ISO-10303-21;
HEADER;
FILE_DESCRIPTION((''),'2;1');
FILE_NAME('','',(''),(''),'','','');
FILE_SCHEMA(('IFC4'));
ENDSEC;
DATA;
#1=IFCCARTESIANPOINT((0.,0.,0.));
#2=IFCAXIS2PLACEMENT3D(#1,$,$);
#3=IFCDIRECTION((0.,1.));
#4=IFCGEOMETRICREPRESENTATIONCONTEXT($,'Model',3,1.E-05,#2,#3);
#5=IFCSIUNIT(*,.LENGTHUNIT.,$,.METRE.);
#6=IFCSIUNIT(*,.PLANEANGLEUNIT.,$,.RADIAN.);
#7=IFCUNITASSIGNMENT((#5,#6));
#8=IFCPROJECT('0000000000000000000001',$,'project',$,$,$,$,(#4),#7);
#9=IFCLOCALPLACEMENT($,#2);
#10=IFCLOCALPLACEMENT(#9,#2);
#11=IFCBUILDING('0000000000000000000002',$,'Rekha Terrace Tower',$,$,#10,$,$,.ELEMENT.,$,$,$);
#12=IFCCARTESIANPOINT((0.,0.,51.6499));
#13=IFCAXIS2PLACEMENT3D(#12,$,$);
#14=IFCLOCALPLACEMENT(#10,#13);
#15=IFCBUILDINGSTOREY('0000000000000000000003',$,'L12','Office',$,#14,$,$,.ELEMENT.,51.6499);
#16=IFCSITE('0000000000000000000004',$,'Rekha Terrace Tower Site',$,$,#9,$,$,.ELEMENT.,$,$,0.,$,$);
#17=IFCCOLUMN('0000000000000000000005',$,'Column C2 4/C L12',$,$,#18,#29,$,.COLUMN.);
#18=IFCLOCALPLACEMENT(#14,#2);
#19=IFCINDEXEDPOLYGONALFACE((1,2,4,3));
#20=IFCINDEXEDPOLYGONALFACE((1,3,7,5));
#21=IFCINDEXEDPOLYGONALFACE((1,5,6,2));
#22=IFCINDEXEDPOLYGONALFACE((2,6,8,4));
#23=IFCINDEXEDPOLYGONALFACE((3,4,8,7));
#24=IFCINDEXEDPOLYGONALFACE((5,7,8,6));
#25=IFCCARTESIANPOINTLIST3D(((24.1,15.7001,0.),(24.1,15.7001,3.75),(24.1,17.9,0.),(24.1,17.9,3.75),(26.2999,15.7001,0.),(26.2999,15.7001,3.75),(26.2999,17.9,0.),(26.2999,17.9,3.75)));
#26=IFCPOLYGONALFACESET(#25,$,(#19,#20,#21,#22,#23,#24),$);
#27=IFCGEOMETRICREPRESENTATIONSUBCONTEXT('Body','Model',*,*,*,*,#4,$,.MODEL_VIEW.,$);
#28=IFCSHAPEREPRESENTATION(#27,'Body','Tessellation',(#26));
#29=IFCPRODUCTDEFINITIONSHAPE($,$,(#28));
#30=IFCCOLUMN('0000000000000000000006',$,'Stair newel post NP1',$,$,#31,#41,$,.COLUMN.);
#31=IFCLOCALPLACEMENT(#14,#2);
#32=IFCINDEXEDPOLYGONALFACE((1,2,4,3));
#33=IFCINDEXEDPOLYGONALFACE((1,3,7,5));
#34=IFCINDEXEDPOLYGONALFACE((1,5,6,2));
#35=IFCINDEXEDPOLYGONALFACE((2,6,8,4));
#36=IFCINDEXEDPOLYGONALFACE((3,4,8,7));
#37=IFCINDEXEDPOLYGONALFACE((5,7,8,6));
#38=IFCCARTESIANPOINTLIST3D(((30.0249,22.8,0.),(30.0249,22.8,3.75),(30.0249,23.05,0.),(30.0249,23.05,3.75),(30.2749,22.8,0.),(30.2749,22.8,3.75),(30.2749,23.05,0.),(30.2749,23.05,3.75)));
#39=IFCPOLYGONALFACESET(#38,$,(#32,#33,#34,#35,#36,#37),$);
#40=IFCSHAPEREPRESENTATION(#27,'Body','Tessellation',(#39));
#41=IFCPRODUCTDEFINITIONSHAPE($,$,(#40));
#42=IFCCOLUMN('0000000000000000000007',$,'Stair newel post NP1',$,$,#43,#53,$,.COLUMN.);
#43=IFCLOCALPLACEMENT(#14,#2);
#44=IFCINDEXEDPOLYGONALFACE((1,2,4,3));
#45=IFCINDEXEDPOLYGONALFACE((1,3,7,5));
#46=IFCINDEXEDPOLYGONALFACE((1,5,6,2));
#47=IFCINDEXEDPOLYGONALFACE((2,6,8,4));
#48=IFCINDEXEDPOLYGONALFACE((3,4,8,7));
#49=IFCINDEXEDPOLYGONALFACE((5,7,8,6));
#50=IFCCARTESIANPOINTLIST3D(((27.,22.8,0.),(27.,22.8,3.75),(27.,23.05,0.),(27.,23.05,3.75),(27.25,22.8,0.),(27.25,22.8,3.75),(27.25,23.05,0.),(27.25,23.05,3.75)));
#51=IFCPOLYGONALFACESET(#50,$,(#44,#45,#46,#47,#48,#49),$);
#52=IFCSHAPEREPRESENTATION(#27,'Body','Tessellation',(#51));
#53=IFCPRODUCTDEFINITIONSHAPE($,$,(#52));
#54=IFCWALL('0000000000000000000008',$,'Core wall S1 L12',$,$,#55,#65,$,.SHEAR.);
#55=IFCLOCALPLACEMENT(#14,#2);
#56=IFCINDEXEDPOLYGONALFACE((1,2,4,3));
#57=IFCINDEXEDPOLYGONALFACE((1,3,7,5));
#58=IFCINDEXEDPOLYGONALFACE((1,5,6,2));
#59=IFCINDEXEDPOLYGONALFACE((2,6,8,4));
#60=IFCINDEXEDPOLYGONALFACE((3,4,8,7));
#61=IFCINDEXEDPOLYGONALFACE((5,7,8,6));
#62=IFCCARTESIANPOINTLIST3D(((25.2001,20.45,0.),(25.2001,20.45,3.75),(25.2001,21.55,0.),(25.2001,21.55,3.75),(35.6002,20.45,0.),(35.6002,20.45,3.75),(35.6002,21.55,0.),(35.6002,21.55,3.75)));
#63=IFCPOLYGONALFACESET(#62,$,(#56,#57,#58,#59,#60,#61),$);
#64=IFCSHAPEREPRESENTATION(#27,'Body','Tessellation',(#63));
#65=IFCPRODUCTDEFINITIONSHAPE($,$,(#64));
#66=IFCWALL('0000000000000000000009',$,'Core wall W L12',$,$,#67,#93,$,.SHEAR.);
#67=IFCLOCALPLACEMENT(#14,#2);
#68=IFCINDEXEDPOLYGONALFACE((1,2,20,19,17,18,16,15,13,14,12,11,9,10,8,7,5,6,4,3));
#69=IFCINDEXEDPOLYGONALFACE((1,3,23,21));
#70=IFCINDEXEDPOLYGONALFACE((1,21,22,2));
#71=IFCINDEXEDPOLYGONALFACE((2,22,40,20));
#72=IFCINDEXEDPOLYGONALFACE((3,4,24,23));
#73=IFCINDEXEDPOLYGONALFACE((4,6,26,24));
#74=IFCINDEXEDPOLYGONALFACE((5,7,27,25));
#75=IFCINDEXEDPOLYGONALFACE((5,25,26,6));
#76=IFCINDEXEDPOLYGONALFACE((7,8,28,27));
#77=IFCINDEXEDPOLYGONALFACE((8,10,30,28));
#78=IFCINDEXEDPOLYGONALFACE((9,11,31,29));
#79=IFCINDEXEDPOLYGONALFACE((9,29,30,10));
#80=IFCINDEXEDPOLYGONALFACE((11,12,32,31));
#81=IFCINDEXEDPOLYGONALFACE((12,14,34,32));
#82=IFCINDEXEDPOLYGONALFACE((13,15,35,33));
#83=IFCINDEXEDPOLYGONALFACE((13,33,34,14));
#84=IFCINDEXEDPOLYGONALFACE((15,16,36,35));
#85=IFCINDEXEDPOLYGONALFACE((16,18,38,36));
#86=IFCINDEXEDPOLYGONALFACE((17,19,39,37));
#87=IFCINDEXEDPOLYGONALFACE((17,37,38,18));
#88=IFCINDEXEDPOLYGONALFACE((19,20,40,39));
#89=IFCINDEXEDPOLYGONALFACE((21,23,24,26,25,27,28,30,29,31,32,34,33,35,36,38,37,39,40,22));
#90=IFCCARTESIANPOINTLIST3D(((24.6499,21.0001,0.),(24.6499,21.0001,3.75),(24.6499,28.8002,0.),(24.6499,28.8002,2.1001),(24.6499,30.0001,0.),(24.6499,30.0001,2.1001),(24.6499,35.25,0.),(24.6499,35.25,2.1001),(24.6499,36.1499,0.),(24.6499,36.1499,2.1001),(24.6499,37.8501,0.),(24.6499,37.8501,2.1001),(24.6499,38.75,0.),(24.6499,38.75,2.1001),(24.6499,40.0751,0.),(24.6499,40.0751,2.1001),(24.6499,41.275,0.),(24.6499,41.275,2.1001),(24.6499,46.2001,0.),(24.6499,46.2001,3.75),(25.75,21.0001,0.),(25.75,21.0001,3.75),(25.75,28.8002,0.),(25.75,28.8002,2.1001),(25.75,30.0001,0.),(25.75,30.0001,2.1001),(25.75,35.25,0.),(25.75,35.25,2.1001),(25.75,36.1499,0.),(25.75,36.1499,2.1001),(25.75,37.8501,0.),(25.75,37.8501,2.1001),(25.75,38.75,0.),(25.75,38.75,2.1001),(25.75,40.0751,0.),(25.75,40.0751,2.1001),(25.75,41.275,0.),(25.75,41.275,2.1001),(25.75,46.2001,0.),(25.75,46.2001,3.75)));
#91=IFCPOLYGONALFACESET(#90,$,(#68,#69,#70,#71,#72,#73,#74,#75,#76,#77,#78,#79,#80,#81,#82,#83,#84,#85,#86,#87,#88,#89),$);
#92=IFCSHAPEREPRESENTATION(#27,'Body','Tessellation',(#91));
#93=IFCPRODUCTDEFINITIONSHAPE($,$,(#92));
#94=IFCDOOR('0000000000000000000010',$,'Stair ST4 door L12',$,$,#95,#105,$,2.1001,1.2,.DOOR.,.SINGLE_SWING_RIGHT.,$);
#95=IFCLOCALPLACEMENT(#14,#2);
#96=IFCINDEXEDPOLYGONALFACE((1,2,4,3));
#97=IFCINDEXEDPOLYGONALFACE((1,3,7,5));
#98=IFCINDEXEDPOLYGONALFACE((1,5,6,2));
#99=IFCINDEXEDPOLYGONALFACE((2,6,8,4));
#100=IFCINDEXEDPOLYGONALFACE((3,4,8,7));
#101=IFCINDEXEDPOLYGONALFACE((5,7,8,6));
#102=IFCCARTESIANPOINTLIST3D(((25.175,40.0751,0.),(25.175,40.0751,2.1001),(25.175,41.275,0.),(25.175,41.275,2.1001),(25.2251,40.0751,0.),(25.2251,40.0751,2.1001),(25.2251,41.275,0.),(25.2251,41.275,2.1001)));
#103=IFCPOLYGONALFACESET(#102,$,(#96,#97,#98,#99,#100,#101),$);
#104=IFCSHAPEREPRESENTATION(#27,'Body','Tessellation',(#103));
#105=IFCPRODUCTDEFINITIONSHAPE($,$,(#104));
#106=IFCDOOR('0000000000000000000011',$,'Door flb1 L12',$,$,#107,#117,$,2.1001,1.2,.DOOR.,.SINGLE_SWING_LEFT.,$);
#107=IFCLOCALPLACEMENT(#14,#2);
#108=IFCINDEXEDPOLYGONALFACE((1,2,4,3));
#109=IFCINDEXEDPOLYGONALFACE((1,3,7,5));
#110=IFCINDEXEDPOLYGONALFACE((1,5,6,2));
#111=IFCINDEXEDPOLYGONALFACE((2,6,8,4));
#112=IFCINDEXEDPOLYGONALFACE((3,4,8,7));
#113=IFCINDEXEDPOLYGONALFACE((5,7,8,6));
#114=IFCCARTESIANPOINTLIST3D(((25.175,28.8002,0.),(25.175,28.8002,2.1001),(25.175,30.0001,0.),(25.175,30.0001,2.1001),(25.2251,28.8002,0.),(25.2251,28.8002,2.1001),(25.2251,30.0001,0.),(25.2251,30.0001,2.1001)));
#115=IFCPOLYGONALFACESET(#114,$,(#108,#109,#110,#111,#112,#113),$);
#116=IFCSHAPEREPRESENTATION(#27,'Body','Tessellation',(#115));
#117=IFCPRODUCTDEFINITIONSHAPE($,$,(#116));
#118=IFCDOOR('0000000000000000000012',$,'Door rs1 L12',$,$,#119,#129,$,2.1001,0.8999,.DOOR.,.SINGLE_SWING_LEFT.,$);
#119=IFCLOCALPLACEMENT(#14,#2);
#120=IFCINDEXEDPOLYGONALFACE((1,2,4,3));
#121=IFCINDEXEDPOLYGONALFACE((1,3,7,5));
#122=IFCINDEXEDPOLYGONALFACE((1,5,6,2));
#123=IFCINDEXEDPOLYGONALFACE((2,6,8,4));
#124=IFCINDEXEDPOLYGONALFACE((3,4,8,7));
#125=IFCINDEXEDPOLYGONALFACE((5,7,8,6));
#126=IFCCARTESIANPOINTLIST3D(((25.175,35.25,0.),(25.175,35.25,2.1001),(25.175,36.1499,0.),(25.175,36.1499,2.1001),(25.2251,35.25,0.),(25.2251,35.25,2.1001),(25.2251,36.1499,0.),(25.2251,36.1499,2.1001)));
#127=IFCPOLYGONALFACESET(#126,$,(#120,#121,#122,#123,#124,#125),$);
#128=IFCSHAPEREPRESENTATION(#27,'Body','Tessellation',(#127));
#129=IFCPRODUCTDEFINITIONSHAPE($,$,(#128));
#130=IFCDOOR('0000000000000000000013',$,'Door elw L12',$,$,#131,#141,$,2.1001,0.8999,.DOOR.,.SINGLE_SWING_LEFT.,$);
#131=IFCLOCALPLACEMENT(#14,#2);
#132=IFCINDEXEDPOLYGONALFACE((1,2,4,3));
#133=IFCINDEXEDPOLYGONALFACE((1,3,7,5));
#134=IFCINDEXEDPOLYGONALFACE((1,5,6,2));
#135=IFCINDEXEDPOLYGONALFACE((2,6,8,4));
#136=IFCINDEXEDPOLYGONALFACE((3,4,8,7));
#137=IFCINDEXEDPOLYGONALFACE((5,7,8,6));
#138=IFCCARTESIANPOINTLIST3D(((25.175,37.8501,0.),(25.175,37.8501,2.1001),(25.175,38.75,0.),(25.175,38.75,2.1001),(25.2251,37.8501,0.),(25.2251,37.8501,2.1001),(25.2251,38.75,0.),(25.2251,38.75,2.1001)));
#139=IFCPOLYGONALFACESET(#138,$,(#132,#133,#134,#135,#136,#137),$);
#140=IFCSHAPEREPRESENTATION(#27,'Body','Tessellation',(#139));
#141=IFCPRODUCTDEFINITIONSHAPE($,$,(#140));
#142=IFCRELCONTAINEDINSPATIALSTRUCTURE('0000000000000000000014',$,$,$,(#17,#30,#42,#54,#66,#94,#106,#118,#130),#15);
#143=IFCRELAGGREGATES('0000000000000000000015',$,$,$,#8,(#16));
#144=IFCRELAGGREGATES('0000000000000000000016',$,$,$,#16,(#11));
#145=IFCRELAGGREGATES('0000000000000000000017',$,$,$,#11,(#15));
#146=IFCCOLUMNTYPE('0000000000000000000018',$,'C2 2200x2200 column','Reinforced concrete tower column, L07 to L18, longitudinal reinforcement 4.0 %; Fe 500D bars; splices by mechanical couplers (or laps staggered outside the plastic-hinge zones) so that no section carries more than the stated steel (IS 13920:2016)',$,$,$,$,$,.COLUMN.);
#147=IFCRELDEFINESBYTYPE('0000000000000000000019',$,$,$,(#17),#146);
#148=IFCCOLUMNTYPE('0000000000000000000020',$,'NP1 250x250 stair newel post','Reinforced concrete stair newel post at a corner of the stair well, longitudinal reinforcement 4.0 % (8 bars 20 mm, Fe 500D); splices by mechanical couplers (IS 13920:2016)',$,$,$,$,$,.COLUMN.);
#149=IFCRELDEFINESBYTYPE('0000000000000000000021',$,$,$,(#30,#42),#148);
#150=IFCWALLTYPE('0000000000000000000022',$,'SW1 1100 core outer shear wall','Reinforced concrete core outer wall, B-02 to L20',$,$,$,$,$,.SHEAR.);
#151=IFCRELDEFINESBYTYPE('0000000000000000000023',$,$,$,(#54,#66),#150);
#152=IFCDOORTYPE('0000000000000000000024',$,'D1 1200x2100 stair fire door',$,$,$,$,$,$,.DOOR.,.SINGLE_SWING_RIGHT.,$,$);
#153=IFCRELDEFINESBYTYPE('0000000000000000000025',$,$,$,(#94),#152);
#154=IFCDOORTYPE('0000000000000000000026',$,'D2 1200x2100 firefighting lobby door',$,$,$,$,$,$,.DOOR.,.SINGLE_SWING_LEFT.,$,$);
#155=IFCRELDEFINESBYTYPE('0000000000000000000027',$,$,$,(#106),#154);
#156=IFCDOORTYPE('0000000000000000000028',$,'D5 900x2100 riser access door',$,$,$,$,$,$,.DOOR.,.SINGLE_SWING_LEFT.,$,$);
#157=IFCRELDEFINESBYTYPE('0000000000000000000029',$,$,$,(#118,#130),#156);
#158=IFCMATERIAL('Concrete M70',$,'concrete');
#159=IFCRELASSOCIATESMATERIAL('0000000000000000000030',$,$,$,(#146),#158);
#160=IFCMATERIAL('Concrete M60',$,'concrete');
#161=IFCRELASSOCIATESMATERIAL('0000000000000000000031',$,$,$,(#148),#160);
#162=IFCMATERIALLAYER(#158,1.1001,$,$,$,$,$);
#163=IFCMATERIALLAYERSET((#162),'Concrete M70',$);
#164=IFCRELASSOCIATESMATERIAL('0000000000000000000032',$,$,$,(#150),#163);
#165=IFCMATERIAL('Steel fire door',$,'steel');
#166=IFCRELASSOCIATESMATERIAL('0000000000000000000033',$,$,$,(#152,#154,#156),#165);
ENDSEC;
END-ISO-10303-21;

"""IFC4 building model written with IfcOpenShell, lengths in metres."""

from ifc_helpers import new_model, si_unit, direction, frame, frame_2d, origin, origin_2d, place, context, subcontext, project, spatial, rectangle, extrude, material, layer, layer_set, material_profile, profile_set, type_object, element, fill, save


model = new_model("IFC4")

# Units and contexts
model_context = context("Model", 3, precision=1e-05, world=origin(), true_north=direction((0.0, 1.0)))
body_context = subcontext(model_context, "Body", "Model", "MODEL_VIEW")
ifc_project = project(units=[si_unit("LENGTHUNIT", "METRE"), si_unit("PLANEANGLEUNIT", "RADIAN")], contexts=[model_context])

# Site, building, storey
site_placement = place(None, origin())
site = spatial("IfcSite", under=ifc_project, at=site_placement, Name="Rekha Terrace Tower Site", CompositionType="ELEMENT", RefElevation=0.0)
building_placement = place(site_placement, origin())
building = spatial("IfcBuilding", under=site, at=building_placement, Name="Rekha Terrace Tower", CompositionType="ELEMENT")
storey_placement = place(building_placement, frame((0.0, 0.0, 51.6499)))
storey = spatial("IfcBuildingStorey", under=building, at=storey_placement, Name="L12", Description="Office", CompositionType="ELEMENT", Elevation=51.6499)

# Columns
ifc_material_1 = material(Name="Concrete M70", Category="concrete")
ifc_material_profile_1 = material_profile(ifc_material_1, rectangle(XDim=2.2, YDim=2.2, at=origin_2d()), Name="RC 2200x2200")
ifc_profile_set_1 = profile_set([ifc_material_profile_1], Name="Concrete M70")
column_type_1 = type_object("IfcColumnType", Name="C2 2200x2200 column", Description="Reinforced concrete tower column, L07 to L18, longitudinal reinforcement 4.0 %; Fe 500D bars; splices by mechanical couplers (or laps staggered outside the plastic-hinge zones) so that no section carries more than the stated steel (IS 13920:2016)", PredefinedType="COLUMN", material=ifc_profile_set_1)
column_placement = place(storey_placement, frame((25.2, 16.8, 0.0), z_axis=(0.0, 0.0, 1.0), x_axis=(1.0, 0.0, 0.0)))
element("IfcColumn", 1, at=column_placement, inside=storey, type_object=column_type_1, Name="Column C2 4/C L12", PredefinedType="COLUMN", context=body_context, shape_type="SweptSolid", body=[
    extrude(rectangle(XDim=2.2, YDim=2.2, at=origin_2d()), origin(), (0.0, 0.0, 1.0), 3.75),
])
ifc_material_2 = material(Name="Concrete M60", Category="concrete")
ifc_material_profile_2 = material_profile(ifc_material_2, rectangle(XDim=0.25, YDim=0.25, at=origin_2d()), Name="RC 250x250")
ifc_profile_set_2 = profile_set([ifc_material_profile_2], Name="Concrete M60")
column_type_2 = type_object("IfcColumnType", Name="NP1 250x250 stair newel post", Description="Reinforced concrete stair newel post at a corner of the stair well, longitudinal reinforcement 4.0 % (8 bars 20 mm, Fe 500D); splices by mechanical couplers (IS 13920:2016)", PredefinedType="COLUMN", material=ifc_profile_set_2)
for number, where, z_axis, x_axis, name in (
    (2, (30.1499, 22.925, 0.0), (0.0, 0.0, 1.0), (1.0, 0.0, 0.0), "Stair newel post NP1"),
    (3, (27.125, 22.925, 0.0), (0.0, 0.0, 1.0), (1.0, 0.0, 0.0), "Stair newel post NP1"),
):
    element("IfcColumn", number, at=place(storey_placement, frame(where, z_axis=z_axis, x_axis=x_axis)), inside=storey, type_object=column_type_2, Name=name, PredefinedType="COLUMN", context=body_context, shape_type="SweptSolid", body=[
        extrude(rectangle(XDim=0.25, YDim=0.25, at=origin_2d()), origin(), (0.0, 0.0, 1.0), 3.75),
    ])

# Wall
ifc_layer_1 = layer(ifc_material_1, 1.1001)
ifc_layer_set_1 = layer_set([ifc_layer_1], Name="Concrete M70")
wall_type_1 = type_object("IfcWallType", Name="SW1 1100 core outer shear wall", Description="Reinforced concrete core outer wall, B-02 to L20", PredefinedType="SHEAR", material=ifc_layer_set_1)
wall_1_placement = place(storey_placement, frame((25.2, 21.0, 0.0), z_axis=(0.0, 0.0, 1.0), x_axis=(1.0, 0.0, 0.0)))
element("IfcWall", 4, at=wall_1_placement, inside=storey, type_object=wall_type_1, Name="Core wall S1 L12", PredefinedType="SHEAR", context=body_context, shape_type="SweptSolid", body=[
    extrude(rectangle(XDim=10.4001, YDim=1.1001, at=frame_2d((5.2002, 0.0))), origin(), (0.0, 0.0, 1.0), 3.75),
])

# Wall, openings, doors
wall_2_placement = place(storey_placement, frame((25.2, 21.0, 0.0), z_axis=(0.0, 0.0, 1.0), x_axis=(0.0, 1.0, 0.0)))
wall_2 = element("IfcWall", 5, at=wall_2_placement, inside=storey, type_object=wall_type_1, Name="Core wall W L12", PredefinedType="SHEAR", context=body_context, shape_type="SweptSolid", body=[
    extrude(rectangle(XDim=25.2, YDim=1.1001, at=frame_2d((12.6001, 0.0))), origin(), (0.0, 0.0, 1.0), 3.75),
])
opening_1_placement = place(wall_2_placement, frame((7.8, 0.0, 0.0)))
opening_1 = element("IfcOpeningElement", 6, at=opening_1_placement, cuts=wall_2, PredefinedType="OPENING", context=body_context, shape_type="SweptSolid", body=[
    extrude(rectangle(XDim=1.2, YDim=2.1001, at=frame_2d((0.6001, 1.05))), frame((0.0, 0.5601, 0.0), z_axis=(0.0, -1.0, 0.0), x_axis=(1.0, 0.0, 0.0)), (0.0, 0.0, 1.0), 1.1201),
])
opening_2_placement = place(wall_2_placement, frame((14.25, 0.0, 0.0)))
opening_2 = element("IfcOpeningElement", 7, at=opening_2_placement, cuts=wall_2, PredefinedType="OPENING", context=body_context, shape_type="SweptSolid", body=[
    extrude(rectangle(XDim=0.8999, YDim=2.1001, at=frame_2d((0.45, 1.05))), frame((0.0, 0.5601, 0.0), z_axis=(0.0, -1.0, 0.0), x_axis=(1.0, 0.0, 0.0)), (0.0, 0.0, 1.0), 1.1201),
])
opening_3_placement = place(wall_2_placement, frame((16.8501, 0.0, 0.0)))
opening_3 = element("IfcOpeningElement", 8, at=opening_3_placement, cuts=wall_2, PredefinedType="OPENING", context=body_context, shape_type="SweptSolid", body=[
    extrude(rectangle(XDim=0.8999, YDim=2.1001, at=frame_2d((0.45, 1.05))), frame((0.0, 0.5601, 0.0), z_axis=(0.0, -1.0, 0.0), x_axis=(1.0, 0.0, 0.0)), (0.0, 0.0, 1.0), 1.1201),
])
opening_4_placement = place(wall_2_placement, frame((19.075, 0.0, 0.0)))
opening_4 = element("IfcOpeningElement", 9, at=opening_4_placement, cuts=wall_2, PredefinedType="OPENING", context=body_context, shape_type="SweptSolid", body=[
    extrude(rectangle(XDim=1.2, YDim=2.1001, at=frame_2d((0.6001, 1.05))), frame((0.0, 0.5601, 0.0), z_axis=(0.0, -1.0, 0.0), x_axis=(1.0, 0.0, 0.0)), (0.0, 0.0, 1.0), 1.1201),
])
ifc_material_3 = material(Name="Steel fire door", Category="steel")
door_type_1 = type_object("IfcDoorType", Name="D1 1200x2100 stair fire door", OperationType="SINGLE_SWING_RIGHT", PredefinedType="DOOR", material=ifc_material_3)
door_1_placement = place(opening_4_placement, origin())
door_1 = element("IfcDoor", 10, at=door_1_placement, inside=storey, type_object=door_type_1, Name="Stair ST4 door L12", OperationType="SINGLE_SWING_RIGHT", OverallHeight=2.1001, OverallWidth=1.2, PredefinedType="DOOR", context=body_context, shape_type="SweptSolid", body=[
    extrude(rectangle(XDim=1.2, YDim=2.1001, at=frame_2d((0.6001, 1.05))), frame((0.0, 0.0249, 0.0), z_axis=(0.0, -1.0, 0.0), x_axis=(1.0, 0.0, 0.0)), (0.0, 0.0, 1.0), 0.05),
])
fill(opening_4, door_1)
door_type_2 = type_object("IfcDoorType", Name="D2 1200x2100 firefighting lobby door", OperationType="SINGLE_SWING_LEFT", PredefinedType="DOOR", material=ifc_material_3)
door_2_placement = place(opening_1_placement, origin())
door_2 = element("IfcDoor", 11, at=door_2_placement, inside=storey, type_object=door_type_2, Name="Door flb1 L12", OperationType="SINGLE_SWING_LEFT", OverallHeight=2.1001, OverallWidth=1.2, PredefinedType="DOOR", context=body_context, shape_type="SweptSolid", body=[
    extrude(rectangle(XDim=1.2, YDim=2.1001, at=frame_2d((0.6001, 1.05))), frame((0.0, 0.0249, 0.0), z_axis=(0.0, -1.0, 0.0), x_axis=(1.0, 0.0, 0.0)), (0.0, 0.0, 1.0), 0.05),
])
fill(opening_1, door_2)
door_type_3 = type_object("IfcDoorType", Name="D5 900x2100 riser access door", OperationType="SINGLE_SWING_LEFT", PredefinedType="DOOR", material=ifc_material_3)
door_3_placement = place(opening_2_placement, origin())
door_3 = element("IfcDoor", 12, at=door_3_placement, inside=storey, type_object=door_type_3, Name="Door rs1 L12", OperationType="SINGLE_SWING_LEFT", OverallHeight=2.1001, OverallWidth=0.8999, PredefinedType="DOOR", context=body_context, shape_type="SweptSolid", body=[
    extrude(rectangle(XDim=0.8999, YDim=2.1001, at=frame_2d((0.45, 1.05))), frame((0.0, 0.0249, 0.0), z_axis=(0.0, -1.0, 0.0), x_axis=(1.0, 0.0, 0.0)), (0.0, 0.0, 1.0), 0.05),
])
fill(opening_2, door_3)
door_4_placement = place(opening_3_placement, origin())
door_4 = element("IfcDoor", 13, at=door_4_placement, inside=storey, type_object=door_type_3, Name="Door elw L12", OperationType="SINGLE_SWING_LEFT", OverallHeight=2.1001, OverallWidth=0.8999, PredefinedType="DOOR", context=body_context, shape_type="SweptSolid", body=[
    extrude(rectangle(XDim=0.8999, YDim=2.1001, at=frame_2d((0.45, 1.05))), frame((0.0, 0.0249, 0.0), z_axis=(0.0, -1.0, 0.0), x_axis=(1.0, 0.0, 0.0)), (0.0, 0.0, 1.0), 0.05),
])
fill(opening_3, door_4)

save(model, "model.ifc")
